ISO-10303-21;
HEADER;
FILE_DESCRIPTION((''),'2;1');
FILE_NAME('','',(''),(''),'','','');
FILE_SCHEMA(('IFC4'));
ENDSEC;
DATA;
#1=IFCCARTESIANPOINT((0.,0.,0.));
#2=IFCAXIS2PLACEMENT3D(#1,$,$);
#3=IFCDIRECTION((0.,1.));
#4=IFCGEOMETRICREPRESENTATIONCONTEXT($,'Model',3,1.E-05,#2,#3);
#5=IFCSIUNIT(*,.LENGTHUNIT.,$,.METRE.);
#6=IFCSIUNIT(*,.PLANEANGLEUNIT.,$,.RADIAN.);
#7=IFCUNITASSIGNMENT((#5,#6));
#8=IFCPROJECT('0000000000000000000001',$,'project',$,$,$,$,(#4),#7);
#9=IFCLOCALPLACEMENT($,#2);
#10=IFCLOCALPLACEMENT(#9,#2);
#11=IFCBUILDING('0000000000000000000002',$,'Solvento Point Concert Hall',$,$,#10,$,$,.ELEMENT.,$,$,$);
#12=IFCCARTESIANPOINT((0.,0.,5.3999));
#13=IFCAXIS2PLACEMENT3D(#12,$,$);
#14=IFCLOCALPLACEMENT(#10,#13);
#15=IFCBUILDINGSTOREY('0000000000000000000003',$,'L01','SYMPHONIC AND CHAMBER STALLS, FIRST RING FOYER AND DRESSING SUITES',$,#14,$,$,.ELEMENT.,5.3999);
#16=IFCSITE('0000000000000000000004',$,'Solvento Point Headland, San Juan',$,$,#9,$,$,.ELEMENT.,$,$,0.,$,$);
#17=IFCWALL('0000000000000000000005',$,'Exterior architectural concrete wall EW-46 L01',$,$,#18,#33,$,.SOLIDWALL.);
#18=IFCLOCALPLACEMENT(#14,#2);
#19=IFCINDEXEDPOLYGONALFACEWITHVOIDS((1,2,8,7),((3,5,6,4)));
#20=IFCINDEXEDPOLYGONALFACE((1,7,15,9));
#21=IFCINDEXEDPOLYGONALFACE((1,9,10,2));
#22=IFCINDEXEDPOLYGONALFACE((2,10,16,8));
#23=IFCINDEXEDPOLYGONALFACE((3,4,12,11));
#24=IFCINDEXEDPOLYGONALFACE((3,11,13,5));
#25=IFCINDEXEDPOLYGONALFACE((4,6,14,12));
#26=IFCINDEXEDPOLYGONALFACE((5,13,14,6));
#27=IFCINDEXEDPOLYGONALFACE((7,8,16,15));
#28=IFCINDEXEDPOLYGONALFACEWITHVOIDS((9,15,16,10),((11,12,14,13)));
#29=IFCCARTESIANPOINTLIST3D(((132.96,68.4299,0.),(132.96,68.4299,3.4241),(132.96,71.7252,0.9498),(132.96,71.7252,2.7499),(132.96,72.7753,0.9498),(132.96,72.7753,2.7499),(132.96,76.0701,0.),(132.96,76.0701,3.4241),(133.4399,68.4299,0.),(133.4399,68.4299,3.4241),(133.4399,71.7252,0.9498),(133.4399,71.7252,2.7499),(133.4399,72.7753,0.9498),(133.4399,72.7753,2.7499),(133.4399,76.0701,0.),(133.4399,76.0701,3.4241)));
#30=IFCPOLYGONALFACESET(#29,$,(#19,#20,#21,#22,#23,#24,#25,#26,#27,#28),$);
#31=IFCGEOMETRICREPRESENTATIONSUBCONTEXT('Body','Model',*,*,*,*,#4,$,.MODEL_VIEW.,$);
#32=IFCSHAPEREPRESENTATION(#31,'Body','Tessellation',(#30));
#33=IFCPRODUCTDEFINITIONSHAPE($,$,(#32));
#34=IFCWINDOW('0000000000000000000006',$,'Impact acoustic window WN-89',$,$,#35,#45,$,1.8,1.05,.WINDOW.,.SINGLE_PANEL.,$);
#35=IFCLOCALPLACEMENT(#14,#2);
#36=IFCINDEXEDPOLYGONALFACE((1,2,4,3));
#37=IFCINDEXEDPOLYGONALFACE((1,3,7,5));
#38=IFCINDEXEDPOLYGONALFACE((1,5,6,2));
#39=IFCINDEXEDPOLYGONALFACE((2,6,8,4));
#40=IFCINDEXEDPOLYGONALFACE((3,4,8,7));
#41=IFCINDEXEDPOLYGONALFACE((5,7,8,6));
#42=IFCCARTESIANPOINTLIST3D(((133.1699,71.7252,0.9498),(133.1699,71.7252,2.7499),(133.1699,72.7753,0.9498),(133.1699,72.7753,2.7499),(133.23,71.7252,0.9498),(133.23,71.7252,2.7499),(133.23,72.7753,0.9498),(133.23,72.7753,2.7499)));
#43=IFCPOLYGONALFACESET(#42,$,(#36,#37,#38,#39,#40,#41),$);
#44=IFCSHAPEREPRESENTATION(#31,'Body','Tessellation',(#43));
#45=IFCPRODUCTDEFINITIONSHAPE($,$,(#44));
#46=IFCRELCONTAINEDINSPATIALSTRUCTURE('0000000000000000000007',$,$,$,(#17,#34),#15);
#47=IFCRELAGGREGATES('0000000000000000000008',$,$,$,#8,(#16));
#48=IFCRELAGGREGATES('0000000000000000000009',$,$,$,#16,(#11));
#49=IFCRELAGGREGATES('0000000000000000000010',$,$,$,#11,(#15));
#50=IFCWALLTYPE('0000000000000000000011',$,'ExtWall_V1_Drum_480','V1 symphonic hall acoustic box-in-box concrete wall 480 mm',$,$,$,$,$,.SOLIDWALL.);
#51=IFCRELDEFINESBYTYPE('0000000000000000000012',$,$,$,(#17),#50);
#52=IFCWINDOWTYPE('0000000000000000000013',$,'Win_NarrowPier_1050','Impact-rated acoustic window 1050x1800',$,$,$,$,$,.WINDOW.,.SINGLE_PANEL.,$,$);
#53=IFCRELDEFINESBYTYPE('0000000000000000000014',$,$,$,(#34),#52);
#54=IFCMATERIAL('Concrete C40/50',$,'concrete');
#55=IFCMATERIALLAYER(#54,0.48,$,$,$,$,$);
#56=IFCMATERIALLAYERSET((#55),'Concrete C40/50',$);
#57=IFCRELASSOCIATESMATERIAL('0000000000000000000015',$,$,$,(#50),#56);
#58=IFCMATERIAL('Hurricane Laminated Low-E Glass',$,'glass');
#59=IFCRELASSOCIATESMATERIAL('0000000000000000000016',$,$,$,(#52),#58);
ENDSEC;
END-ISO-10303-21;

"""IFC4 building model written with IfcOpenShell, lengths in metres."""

from ifc_helpers import new_model, si_unit, direction, frame, frame_2d, origin, place, context, subcontext, project, spatial, rectangle, extrude, material, layer, layer_set, type_object, element, fill, save


model = new_model("IFC4")

# Units and contexts
model_context = context("Model", 3, precision=1e-05, world=origin(), true_north=direction((0.0, 1.0)))
body_context = subcontext(model_context, "Body", "Model", "MODEL_VIEW")
ifc_project = project(units=[si_unit("LENGTHUNIT", "METRE"), si_unit("PLANEANGLEUNIT", "RADIAN")], contexts=[model_context])

# Site, building, storey
site_placement = place(None, origin())
site = spatial("IfcSite", under=ifc_project, at=site_placement, Name="Solvento Point Headland, San Juan", CompositionType="ELEMENT", RefElevation=0.0)
building_placement = place(site_placement, origin())
building = spatial("IfcBuilding", under=site, at=building_placement, Name="Solvento Point Concert Hall", CompositionType="ELEMENT")
storey_placement = place(building_placement, frame((0.0, 0.0, 5.3999)))
storey = spatial("IfcBuildingStorey", under=building, at=storey_placement, Name="L01", Description="SYMPHONIC AND CHAMBER STALLS, FIRST RING FOYER AND DRESSING SUITES", CompositionType="ELEMENT", Elevation=5.3999)

# Wall, opening, window
ifc_material_1 = material(Name="Concrete C40/50", Category="concrete")
ifc_layer = layer(ifc_material_1, 0.48)
ifc_layer_set = layer_set([ifc_layer], Name="Concrete C40/50")
wall_type = type_object("IfcWallType", Name="ExtWall_V1_Drum_480", Description="V1 symphonic hall acoustic box-in-box concrete wall 480 mm", PredefinedType="SOLIDWALL", material=ifc_layer_set)
ifc_material_2 = material(Name="Hurricane Laminated Low-E Glass", Category="glass")
window_type = type_object("IfcWindowType", Name="Win_NarrowPier_1050", Description="Impact-rated acoustic window 1050x1800", PartitioningType="SINGLE_PANEL", PredefinedType="WINDOW", material=ifc_material_2)
wall_1_placement = place(storey_placement, frame((133.2, 76.0701, 0.0), z_axis=(0.0, 0.0, 1.0), x_axis=(0.0, -1.0, 0.0)))
wall_1 = element("IfcWall", 1, at=wall_1_placement, inside=storey, type_object=wall_type, Name="Exterior architectural concrete wall EW-46 L01", PredefinedType="SOLIDWALL", context=body_context, shape_type="SweptSolid", body=[
    extrude(rectangle(XDim=7.6401, YDim=0.48, at=frame_2d((3.8201, 0.0))), origin(), (0.0, 0.0, 1.0), 3.4241),
])
opening_1_placement = place(wall_1_placement, frame((3.2949, 0.0, 0.95)))
opening_1 = element("IfcOpeningElement", 2, at=opening_1_placement, cuts=wall_1, PredefinedType="OPENING", context=body_context, shape_type="SweptSolid", body=[
    extrude(rectangle(XDim=1.05, YDim=1.8, at=frame_2d((0.5249, 0.8999))), frame((0.0, 0.25, 0.0), z_axis=(0.0, -1.0, 0.0), x_axis=(1.0, 0.0, 0.0)), (0.0, 0.0, 1.0), 0.5),
])
window_1_placement = place(opening_1_placement, origin())
window_1 = element("IfcWindow", 3, at=window_1_placement, inside=storey, type_object=window_type, Name="Impact acoustic window WN-89", OverallHeight=1.8, OverallWidth=1.05, PartitioningType="SINGLE_PANEL", PredefinedType="WINDOW", context=body_context, shape_type="SweptSolid", body=[
    extrude(rectangle(XDim=1.05, YDim=1.8, at=frame_2d((0.5249, 0.8999))), frame((0.0, 0.03, 0.0), z_axis=(0.0, -1.0, 0.0), x_axis=(1.0, 0.0, 0.0)), (0.0, 0.0, 1.0), 0.0601),
])
fill(opening_1, window_1)

save(model, "model.ifc")
